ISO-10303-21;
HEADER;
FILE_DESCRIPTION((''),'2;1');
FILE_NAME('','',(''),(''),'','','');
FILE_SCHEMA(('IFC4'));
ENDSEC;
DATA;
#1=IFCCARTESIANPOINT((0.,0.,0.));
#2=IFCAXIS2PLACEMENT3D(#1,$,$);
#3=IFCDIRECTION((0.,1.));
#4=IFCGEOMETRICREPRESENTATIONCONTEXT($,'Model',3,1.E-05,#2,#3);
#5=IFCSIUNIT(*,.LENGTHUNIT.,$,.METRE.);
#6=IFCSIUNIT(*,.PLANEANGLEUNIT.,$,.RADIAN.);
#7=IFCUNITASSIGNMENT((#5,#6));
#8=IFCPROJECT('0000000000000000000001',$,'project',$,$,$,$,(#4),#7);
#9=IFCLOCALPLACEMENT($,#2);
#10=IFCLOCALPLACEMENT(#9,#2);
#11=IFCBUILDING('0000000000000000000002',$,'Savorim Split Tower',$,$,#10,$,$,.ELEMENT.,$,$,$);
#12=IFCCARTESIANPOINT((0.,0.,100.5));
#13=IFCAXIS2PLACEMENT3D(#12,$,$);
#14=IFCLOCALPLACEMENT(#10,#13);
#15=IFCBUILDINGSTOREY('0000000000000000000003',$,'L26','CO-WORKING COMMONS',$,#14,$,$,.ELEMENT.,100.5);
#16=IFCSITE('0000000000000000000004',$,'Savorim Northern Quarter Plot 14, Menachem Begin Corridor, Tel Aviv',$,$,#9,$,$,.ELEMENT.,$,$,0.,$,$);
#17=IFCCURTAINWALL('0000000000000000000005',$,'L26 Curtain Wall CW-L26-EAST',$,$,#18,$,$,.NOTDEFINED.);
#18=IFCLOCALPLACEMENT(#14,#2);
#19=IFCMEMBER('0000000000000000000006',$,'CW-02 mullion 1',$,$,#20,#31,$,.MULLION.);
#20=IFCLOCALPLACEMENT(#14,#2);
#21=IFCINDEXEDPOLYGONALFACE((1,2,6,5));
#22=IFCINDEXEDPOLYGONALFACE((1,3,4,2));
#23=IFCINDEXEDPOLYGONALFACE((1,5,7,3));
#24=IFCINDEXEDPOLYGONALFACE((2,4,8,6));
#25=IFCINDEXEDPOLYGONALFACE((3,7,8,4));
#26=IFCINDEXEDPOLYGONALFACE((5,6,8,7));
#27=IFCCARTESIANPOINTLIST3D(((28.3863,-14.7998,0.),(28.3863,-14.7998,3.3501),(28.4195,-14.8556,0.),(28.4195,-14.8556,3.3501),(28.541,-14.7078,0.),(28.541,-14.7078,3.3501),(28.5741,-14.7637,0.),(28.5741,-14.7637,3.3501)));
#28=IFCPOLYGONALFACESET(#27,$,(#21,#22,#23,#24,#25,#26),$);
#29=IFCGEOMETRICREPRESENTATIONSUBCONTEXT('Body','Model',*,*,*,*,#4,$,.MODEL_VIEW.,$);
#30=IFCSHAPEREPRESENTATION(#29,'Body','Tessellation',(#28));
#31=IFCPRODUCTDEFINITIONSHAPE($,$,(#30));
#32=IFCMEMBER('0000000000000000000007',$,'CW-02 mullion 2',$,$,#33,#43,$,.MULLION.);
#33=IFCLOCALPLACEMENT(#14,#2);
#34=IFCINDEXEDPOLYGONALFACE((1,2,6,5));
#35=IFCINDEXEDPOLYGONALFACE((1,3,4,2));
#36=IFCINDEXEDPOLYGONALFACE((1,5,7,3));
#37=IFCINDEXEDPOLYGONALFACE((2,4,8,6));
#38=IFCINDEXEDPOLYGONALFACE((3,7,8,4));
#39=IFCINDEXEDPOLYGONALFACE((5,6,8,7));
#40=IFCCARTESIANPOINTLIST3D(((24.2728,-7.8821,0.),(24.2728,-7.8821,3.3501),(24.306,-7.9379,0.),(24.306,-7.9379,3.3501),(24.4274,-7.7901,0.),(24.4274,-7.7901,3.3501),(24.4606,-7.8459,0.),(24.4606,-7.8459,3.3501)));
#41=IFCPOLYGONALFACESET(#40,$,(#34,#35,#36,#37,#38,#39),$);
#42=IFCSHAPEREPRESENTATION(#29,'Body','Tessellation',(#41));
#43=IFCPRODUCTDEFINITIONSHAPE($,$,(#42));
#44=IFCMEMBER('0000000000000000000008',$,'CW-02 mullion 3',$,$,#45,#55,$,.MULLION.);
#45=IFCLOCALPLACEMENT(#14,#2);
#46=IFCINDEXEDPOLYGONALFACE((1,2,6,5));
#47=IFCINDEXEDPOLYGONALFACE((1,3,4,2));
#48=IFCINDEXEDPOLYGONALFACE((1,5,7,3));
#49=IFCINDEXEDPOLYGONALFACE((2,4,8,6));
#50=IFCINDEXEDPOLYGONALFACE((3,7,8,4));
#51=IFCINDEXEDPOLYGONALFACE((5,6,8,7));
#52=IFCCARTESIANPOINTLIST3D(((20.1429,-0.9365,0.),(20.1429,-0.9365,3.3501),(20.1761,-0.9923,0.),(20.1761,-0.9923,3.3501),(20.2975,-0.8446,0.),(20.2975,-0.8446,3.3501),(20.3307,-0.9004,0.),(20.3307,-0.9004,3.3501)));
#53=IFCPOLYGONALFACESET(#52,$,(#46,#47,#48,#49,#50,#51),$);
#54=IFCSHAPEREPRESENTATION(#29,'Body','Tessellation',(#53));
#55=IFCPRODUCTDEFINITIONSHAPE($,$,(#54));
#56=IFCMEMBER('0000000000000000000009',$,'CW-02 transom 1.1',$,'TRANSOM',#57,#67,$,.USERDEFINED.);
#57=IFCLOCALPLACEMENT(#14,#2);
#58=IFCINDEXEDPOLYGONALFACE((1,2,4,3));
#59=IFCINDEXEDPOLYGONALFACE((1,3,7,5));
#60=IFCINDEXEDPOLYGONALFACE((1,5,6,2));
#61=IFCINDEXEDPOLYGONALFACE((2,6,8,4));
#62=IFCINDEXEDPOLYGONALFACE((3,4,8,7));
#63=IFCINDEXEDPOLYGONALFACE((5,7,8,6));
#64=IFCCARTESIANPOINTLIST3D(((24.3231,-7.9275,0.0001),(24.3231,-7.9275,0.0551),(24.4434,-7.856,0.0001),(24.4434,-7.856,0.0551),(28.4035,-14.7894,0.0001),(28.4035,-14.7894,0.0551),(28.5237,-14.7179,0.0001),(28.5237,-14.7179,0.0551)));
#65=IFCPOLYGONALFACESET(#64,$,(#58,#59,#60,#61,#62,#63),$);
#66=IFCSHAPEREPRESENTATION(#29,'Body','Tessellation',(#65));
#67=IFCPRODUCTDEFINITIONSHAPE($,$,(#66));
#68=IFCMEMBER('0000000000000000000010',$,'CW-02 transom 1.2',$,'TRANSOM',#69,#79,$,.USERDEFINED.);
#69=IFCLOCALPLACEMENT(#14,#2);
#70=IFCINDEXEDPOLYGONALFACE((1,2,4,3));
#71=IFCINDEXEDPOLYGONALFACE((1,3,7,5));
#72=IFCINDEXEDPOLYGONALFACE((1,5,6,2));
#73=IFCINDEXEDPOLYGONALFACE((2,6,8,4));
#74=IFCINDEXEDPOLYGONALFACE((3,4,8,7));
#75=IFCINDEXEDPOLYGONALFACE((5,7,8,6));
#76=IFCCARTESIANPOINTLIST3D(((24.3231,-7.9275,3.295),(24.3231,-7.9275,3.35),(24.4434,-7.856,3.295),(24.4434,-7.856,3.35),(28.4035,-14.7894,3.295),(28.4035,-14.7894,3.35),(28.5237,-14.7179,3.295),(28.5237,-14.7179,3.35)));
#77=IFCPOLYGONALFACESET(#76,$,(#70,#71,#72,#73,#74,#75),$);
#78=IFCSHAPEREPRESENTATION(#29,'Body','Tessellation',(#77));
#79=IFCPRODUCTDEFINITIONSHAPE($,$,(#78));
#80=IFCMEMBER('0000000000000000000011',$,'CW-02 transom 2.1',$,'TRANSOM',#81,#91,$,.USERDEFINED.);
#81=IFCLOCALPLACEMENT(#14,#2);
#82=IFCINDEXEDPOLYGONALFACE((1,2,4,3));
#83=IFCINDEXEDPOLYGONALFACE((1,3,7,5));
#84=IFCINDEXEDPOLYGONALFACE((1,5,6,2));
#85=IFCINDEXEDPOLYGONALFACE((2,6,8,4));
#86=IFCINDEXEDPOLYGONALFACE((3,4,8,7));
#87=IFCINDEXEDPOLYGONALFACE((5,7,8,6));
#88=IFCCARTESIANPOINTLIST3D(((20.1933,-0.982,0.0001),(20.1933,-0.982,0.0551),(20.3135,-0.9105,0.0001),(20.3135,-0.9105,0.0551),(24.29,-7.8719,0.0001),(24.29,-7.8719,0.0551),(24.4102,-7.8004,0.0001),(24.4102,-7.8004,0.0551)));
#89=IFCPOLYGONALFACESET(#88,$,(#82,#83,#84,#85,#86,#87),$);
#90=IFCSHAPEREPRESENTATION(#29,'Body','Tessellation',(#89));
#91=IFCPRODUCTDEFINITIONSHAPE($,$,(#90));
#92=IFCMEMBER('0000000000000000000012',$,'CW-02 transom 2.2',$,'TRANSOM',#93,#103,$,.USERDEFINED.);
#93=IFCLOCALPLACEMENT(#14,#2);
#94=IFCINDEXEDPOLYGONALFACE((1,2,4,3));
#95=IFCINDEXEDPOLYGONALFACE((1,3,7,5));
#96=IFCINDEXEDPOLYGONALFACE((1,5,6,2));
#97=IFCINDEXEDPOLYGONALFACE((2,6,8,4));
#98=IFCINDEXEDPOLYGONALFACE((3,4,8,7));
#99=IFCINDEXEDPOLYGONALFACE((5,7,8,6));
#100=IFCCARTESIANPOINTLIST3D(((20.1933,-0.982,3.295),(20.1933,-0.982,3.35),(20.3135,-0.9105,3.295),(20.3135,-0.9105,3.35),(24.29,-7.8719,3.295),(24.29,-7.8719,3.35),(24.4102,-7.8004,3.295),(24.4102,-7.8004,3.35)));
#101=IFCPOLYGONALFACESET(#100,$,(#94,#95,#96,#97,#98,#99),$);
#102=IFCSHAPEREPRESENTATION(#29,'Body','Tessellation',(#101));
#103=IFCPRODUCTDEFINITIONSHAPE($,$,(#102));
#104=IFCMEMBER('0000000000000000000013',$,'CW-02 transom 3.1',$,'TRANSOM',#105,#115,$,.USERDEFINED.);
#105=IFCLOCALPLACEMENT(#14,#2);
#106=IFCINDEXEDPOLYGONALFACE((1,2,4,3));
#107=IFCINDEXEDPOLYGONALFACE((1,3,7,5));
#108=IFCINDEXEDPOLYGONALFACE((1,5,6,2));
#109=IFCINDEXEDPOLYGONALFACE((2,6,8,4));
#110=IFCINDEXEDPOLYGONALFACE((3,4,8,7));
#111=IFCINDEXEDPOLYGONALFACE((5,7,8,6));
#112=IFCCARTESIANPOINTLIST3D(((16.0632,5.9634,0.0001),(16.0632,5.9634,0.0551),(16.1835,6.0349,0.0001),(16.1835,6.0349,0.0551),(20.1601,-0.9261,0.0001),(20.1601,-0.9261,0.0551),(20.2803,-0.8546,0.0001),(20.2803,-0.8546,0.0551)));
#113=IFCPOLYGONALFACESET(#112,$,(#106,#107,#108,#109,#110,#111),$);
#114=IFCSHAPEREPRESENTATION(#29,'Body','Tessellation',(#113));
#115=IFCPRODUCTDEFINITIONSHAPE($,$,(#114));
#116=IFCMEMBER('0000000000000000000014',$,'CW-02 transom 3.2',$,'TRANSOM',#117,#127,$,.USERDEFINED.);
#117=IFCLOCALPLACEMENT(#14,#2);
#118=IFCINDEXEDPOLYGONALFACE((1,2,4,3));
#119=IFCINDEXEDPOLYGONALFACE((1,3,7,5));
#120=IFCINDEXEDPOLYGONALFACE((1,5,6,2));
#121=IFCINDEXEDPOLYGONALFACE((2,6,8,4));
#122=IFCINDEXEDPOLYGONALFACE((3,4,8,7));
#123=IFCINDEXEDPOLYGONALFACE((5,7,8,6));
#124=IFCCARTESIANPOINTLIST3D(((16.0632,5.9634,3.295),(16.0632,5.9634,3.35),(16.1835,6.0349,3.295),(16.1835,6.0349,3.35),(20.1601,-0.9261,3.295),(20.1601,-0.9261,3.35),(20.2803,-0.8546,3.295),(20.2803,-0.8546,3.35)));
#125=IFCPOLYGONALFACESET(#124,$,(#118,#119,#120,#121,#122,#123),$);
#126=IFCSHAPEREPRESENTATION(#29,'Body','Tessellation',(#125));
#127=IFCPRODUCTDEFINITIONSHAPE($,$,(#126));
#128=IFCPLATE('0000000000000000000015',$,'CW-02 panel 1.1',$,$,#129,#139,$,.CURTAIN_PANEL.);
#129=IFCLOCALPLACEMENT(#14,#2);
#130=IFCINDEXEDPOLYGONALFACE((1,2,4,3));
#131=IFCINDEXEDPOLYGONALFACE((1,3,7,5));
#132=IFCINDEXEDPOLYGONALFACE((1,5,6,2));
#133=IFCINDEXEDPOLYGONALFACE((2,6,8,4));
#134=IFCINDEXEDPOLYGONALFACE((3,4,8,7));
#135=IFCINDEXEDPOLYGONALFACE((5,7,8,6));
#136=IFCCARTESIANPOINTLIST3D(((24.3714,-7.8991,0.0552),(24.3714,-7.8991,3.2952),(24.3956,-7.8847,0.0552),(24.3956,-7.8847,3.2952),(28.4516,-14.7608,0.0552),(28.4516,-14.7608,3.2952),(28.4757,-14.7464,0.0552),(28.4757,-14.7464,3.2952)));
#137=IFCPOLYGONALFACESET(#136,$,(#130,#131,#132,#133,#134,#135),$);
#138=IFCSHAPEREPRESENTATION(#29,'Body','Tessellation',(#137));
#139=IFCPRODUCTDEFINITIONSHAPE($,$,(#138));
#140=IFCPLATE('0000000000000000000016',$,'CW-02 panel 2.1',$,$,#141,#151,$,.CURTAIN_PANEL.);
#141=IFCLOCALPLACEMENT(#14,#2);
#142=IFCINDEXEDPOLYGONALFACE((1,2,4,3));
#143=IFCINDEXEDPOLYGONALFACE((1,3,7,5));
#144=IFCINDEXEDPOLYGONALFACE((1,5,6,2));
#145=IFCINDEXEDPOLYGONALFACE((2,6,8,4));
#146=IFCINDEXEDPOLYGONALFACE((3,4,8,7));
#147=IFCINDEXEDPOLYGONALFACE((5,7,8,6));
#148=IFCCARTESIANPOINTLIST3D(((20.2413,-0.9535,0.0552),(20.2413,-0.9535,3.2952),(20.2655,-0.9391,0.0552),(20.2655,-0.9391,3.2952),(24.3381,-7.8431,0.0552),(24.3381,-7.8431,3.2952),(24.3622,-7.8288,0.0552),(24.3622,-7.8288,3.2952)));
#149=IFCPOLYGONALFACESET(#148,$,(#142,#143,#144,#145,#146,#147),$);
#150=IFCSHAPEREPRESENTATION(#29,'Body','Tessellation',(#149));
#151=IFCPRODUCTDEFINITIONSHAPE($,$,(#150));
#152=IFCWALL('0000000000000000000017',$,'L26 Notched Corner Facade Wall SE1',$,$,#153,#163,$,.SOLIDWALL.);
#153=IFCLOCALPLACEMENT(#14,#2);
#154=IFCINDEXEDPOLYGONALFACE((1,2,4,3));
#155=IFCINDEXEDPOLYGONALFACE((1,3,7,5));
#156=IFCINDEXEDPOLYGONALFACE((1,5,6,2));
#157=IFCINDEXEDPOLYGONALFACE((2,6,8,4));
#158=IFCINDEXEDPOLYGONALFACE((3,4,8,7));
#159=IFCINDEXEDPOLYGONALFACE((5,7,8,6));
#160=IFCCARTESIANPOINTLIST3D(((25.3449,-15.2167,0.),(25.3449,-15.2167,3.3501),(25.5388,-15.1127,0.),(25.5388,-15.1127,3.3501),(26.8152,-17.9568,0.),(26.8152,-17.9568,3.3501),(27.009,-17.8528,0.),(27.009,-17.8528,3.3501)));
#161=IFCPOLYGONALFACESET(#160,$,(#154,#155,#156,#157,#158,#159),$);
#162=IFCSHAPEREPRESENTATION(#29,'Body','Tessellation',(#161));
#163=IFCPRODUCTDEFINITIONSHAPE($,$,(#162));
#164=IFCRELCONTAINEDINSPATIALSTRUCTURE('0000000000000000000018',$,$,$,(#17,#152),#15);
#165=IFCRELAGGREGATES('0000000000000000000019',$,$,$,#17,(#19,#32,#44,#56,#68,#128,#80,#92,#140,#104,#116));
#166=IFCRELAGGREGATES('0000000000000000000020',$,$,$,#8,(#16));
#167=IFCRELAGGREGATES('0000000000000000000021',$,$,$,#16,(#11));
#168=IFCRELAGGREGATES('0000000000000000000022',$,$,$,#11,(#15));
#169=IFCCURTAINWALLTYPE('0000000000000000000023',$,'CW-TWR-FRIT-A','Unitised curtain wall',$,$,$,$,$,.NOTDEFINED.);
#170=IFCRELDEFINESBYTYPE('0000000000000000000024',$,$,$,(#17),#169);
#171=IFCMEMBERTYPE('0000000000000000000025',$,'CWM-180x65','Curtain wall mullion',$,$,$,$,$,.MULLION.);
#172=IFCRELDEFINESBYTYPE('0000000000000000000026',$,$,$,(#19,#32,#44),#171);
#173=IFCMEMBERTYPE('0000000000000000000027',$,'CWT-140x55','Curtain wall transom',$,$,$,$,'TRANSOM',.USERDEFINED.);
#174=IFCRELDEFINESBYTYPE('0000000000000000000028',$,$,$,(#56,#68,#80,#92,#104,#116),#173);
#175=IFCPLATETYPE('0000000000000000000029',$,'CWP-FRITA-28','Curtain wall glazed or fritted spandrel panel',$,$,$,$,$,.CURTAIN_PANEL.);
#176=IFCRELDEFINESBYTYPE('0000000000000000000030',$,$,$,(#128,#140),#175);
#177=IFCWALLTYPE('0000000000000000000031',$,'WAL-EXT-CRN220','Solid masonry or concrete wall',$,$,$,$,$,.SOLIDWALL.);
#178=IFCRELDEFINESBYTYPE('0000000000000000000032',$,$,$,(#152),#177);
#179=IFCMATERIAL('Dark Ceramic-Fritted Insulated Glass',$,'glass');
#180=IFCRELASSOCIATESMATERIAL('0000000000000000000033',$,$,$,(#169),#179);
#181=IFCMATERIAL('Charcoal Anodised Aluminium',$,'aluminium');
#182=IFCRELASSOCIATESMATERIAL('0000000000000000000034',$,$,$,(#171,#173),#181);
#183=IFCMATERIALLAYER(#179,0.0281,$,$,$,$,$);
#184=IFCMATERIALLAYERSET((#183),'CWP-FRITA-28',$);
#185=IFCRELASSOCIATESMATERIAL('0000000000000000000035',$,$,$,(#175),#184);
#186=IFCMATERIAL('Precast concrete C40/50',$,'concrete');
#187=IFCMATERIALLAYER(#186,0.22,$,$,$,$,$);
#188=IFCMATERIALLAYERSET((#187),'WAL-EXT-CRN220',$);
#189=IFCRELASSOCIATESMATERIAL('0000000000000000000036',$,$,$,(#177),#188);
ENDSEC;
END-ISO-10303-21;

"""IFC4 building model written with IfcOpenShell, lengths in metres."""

from ifc_helpers import new_model, si_unit, direction, frame, frame_2d, origin, origin_2d, place, context, subcontext, project, spatial, rectangle, extrude, material, layer, layer_set, material_profile, profile_set, type_object, element, aggregate, save


model = new_model("IFC4")

# Units and contexts
model_context = context("Model", 3, precision=1e-05, world=origin(), true_north=direction((0.0, 1.0)))
body_context = subcontext(model_context, "Body", "Model", "MODEL_VIEW")
ifc_project = project(units=[si_unit("LENGTHUNIT", "METRE"), si_unit("PLANEANGLEUNIT", "RADIAN")], contexts=[model_context])

# Site, building, storey
site_placement = place(None, origin())
site = spatial("IfcSite", under=ifc_project, at=site_placement, Name="Savorim Northern Quarter Plot 14, Menachem Begin Corridor, Tel Aviv", CompositionType="ELEMENT", RefElevation=0.0)
building_placement = place(site_placement, origin())
building = spatial("IfcBuilding", under=site, at=building_placement, Name="Savorim Split Tower", CompositionType="ELEMENT")
storey_placement = place(building_placement, frame((0.0, 0.0, 100.5)))
storey = spatial("IfcBuildingStorey", under=building, at=storey_placement, Name="L26", Description="CO-WORKING COMMONS", CompositionType="ELEMENT", Elevation=100.5)

# Curtain wall, members, plates
ifc_material_1 = material(Name="Dark Ceramic-Fritted Insulated Glass", Category="glass")
curtain_wall_type = type_object("IfcCurtainWallType", Name="CW-TWR-FRIT-A", Description="Unitised curtain wall", PredefinedType="NOTDEFINED", material=ifc_material_1)
curtain_wall_placement = place(storey_placement, origin())
curtain_wall = element("IfcCurtainWall", 1, at=curtain_wall_placement, inside=storey, type_object=curtain_wall_type, Name="L26 Curtain Wall CW-L26-EAST", PredefinedType="NOTDEFINED")
ifc_material_2 = material(Name="Charcoal Anodised Aluminium", Category="aluminium")
ifc_material_profile_1 = material_profile(ifc_material_2, rectangle(XDim=0.1799, YDim=0.0649, at=origin_2d()), Name="ALU-M 180x65")
ifc_profile_set_1 = profile_set([ifc_material_profile_1], Name="Charcoal Anodised Aluminium")
member_type_1 = type_object("IfcMemberType", Name="CWM-180x65", Description="Curtain wall mullion", PredefinedType="MULLION", material=ifc_profile_set_1)
member_1_placement = place(storey_placement, frame((28.4802, -14.7817, 0.0), z_axis=(0.0, 0.0, 1.0), x_axis=(-0.859525, -0.511094, 0.0)))
member_1 = element("IfcMember", 2, at=member_1_placement, type_object=member_type_1, Name="CW-02 mullion 1", PredefinedType="MULLION", context=body_context, shape_type="SweptSolid", body=[
    extrude(rectangle(XDim=0.1799, YDim=0.0649, at=origin_2d()), origin(), (0.0, 0.0, 1.0), 3.3501),
])
member_2_placement = place(storey_placement, frame((24.3667, -7.864, 0.0), z_axis=(0.0, 0.0, 1.0), x_axis=(-0.859525, -0.511094, 0.0)))
member_2 = element("IfcMember", 3, at=member_2_placement, type_object=member_type_1, Name="CW-02 mullion 2", PredefinedType="MULLION", context=body_context, shape_type="SweptSolid", body=[
    extrude(rectangle(XDim=0.1799, YDim=0.0649, at=origin_2d()), origin(), (0.0, 0.0, 1.0), 3.3501),
])
member_3_placement = place(storey_placement, frame((20.2368, -0.9185, 0.0), z_axis=(0.0, 0.0, 1.0), x_axis=(-0.859525, -0.511094, 0.0)))
member_3 = element("IfcMember", 4, at=member_3_placement, type_object=member_type_1, Name="CW-02 mullion 3", PredefinedType="MULLION", context=body_context, shape_type="SweptSolid", body=[
    extrude(rectangle(XDim=0.1799, YDim=0.0649, at=origin_2d()), origin(), (0.0, 0.0, 1.0), 3.3501),
])
ifc_material_profile_2 = material_profile(ifc_material_2, rectangle(XDim=0.1399, YDim=0.0549, at=origin_2d()), Name="ALU-T 140x55")
ifc_profile_set_2 = profile_set([ifc_material_profile_2], Name="Charcoal Anodised Aluminium")
member_type_2 = type_object("IfcMemberType", Name="CWT-140x55", Description="Curtain wall transom", ElementType="TRANSOM", PredefinedType="USERDEFINED", material=ifc_profile_set_2)
member_4_placement = place(storey_placement, frame((28.4636, -14.7537, 0.0276), z_axis=(-0.511105, 0.859518, 0.0), x_axis=(-0.859518, -0.511105, 0.0)))
member_4 = element("IfcMember", 5, at=member_4_placement, type_object=member_type_2, Name="CW-02 transom 1.1", ObjectType="TRANSOM", PredefinedType="USERDEFINED", context=body_context, shape_type="SweptSolid", body=[
    extrude(rectangle(XDim=0.1399, YDim=0.0549, at=origin_2d()), origin(), (0.0, 0.0, 1.0), 7.9834),
])
member_5_placement = place(storey_placement, frame((28.4636, -14.7537, 3.3225), z_axis=(-0.511105, 0.859518, 0.0), x_axis=(-0.859518, -0.511105, 0.0)))
member_5 = element("IfcMember", 6, at=member_5_placement, type_object=member_type_2, Name="CW-02 transom 1.2", ObjectType="TRANSOM", PredefinedType="USERDEFINED", context=body_context, shape_type="SweptSolid", body=[
    extrude(rectangle(XDim=0.1399, YDim=0.0549, at=origin_2d()), origin(), (0.0, 0.0, 1.0), 7.9834),
])
member_6_placement = place(storey_placement, frame((24.3501, -7.8362, 0.0276), z_axis=(-0.511074, 0.859537, 0.0), x_axis=(-0.859537, -0.511074, 0.0)))
member_6 = element("IfcMember", 7, at=member_6_placement, type_object=member_type_2, Name="CW-02 transom 2.1", ObjectType="TRANSOM", PredefinedType="USERDEFINED", context=body_context, shape_type="SweptSolid", body=[
    extrude(rectangle(XDim=0.1399, YDim=0.0549, at=origin_2d()), origin(), (0.0, 0.0, 1.0), 8.0159),
])
member_7_placement = place(storey_placement, frame((24.3501, -7.8362, 3.3225), z_axis=(-0.511074, 0.859537, 0.0), x_axis=(-0.859537, -0.511074, 0.0)))
member_7 = element("IfcMember", 8, at=member_7_placement, type_object=member_type_2, Name="CW-02 transom 2.2", ObjectType="TRANSOM", PredefinedType="USERDEFINED", context=body_context, shape_type="SweptSolid", body=[
    extrude(rectangle(XDim=0.1399, YDim=0.0549, at=origin_2d()), origin(), (0.0, 0.0, 1.0), 8.0159),
])
member_8_placement = place(storey_placement, frame((20.2202, -0.8904, 0.0276), z_axis=(-0.51111, 0.859515, 0.0), x_axis=(-0.859515, -0.51111, 0.0)))
member_8 = element("IfcMember", 9, at=member_8_placement, type_object=member_type_2, Name="CW-02 transom 3.1", ObjectType="TRANSOM", PredefinedType="USERDEFINED", context=body_context, shape_type="SweptSolid", body=[
    extrude(rectangle(XDim=0.1399, YDim=0.0549, at=origin_2d()), origin(), (0.0, 0.0, 1.0), 8.0156),
])
member_9_placement = place(storey_placement, frame((20.2202, -0.8904, 3.3225), z_axis=(-0.51111, 0.859515, 0.0), x_axis=(-0.859515, -0.51111, 0.0)))
member_9 = element("IfcMember", 10, at=member_9_placement, type_object=member_type_2, Name="CW-02 transom 3.2", ObjectType="TRANSOM", PredefinedType="USERDEFINED", context=body_context, shape_type="SweptSolid", body=[
    extrude(rectangle(XDim=0.1399, YDim=0.0549, at=origin_2d()), origin(), (0.0, 0.0, 1.0), 8.0156),
])
ifc_layer_1 = layer(ifc_material_1, 0.0281)
ifc_layer_set_1 = layer_set([ifc_layer_1], Name="CWP-FRITA-28")
plate_type = type_object("IfcPlateType", Name="CWP-FRITA-28", Description="Curtain wall glazed or fritted spandrel panel", PredefinedType="CURTAIN_PANEL", material=ifc_layer_set_1)
plate_1_placement = place(storey_placement, frame((26.4236, -11.3228, 0.0552), z_axis=(0.0, 0.0, 1.0), x_axis=(-0.511094, 0.859525, 0.0)))
plate_1 = element("IfcPlate", 11, at=plate_1_placement, type_object=plate_type, Name="CW-02 panel 1.1", PredefinedType="CURTAIN_PANEL", context=body_context, shape_type="SweptSolid", body=[
    extrude(rectangle(XDim=7.9832, YDim=0.0281, at=origin_2d()), origin(), (0.0, 0.0, 1.0), 3.24),
])
plate_2_placement = place(storey_placement, frame((22.3018, -4.3911, 0.0552), z_axis=(0.0, 0.0, 1.0), x_axis=(-0.511094, 0.859525, 0.0)))
plate_2 = element("IfcPlate", 12, at=plate_2_placement, type_object=plate_type, Name="CW-02 panel 2.1", PredefinedType="CURTAIN_PANEL", context=body_context, shape_type="SweptSolid", body=[
    extrude(rectangle(XDim=8.0156, YDim=0.0281, at=origin_2d()), origin(), (0.0, 0.0, 1.0), 3.24),
])
aggregate(curtain_wall, [member_1, member_2, member_3, member_4, member_5, plate_1, member_6, member_7, plate_2, member_8, member_9])

# Wall
ifc_material_3 = material(Name="Precast concrete C40/50", Category="concrete")
ifc_layer_2 = layer(ifc_material_3, 0.22)
ifc_layer_set_2 = layer_set([ifc_layer_2], Name="WAL-EXT-CRN220")
wall_type = type_object("IfcWallType", Name="WAL-EXT-CRN220", Description="Solid masonry or concrete wall", PredefinedType="SOLIDWALL", material=ifc_layer_set_2)
wall_1_placement = place(storey_placement, frame((25.4419, -15.1648, 0.0), z_axis=(0.0, 0.0, 1.0), x_axis=(0.472812, -0.881163, 0.0)))
element("IfcWall", 13, at=wall_1_placement, inside=storey, type_object=wall_type, Name="L26 Notched Corner Facade Wall SE1", PredefinedType="SOLIDWALL", context=body_context, shape_type="SweptSolid", body=[
    extrude(rectangle(XDim=3.1096, YDim=0.22, at=frame_2d((1.5547, 0.0))), origin(), (0.0, 0.0, 1.0), 3.3501),
])

save(model, "model.ifc")
